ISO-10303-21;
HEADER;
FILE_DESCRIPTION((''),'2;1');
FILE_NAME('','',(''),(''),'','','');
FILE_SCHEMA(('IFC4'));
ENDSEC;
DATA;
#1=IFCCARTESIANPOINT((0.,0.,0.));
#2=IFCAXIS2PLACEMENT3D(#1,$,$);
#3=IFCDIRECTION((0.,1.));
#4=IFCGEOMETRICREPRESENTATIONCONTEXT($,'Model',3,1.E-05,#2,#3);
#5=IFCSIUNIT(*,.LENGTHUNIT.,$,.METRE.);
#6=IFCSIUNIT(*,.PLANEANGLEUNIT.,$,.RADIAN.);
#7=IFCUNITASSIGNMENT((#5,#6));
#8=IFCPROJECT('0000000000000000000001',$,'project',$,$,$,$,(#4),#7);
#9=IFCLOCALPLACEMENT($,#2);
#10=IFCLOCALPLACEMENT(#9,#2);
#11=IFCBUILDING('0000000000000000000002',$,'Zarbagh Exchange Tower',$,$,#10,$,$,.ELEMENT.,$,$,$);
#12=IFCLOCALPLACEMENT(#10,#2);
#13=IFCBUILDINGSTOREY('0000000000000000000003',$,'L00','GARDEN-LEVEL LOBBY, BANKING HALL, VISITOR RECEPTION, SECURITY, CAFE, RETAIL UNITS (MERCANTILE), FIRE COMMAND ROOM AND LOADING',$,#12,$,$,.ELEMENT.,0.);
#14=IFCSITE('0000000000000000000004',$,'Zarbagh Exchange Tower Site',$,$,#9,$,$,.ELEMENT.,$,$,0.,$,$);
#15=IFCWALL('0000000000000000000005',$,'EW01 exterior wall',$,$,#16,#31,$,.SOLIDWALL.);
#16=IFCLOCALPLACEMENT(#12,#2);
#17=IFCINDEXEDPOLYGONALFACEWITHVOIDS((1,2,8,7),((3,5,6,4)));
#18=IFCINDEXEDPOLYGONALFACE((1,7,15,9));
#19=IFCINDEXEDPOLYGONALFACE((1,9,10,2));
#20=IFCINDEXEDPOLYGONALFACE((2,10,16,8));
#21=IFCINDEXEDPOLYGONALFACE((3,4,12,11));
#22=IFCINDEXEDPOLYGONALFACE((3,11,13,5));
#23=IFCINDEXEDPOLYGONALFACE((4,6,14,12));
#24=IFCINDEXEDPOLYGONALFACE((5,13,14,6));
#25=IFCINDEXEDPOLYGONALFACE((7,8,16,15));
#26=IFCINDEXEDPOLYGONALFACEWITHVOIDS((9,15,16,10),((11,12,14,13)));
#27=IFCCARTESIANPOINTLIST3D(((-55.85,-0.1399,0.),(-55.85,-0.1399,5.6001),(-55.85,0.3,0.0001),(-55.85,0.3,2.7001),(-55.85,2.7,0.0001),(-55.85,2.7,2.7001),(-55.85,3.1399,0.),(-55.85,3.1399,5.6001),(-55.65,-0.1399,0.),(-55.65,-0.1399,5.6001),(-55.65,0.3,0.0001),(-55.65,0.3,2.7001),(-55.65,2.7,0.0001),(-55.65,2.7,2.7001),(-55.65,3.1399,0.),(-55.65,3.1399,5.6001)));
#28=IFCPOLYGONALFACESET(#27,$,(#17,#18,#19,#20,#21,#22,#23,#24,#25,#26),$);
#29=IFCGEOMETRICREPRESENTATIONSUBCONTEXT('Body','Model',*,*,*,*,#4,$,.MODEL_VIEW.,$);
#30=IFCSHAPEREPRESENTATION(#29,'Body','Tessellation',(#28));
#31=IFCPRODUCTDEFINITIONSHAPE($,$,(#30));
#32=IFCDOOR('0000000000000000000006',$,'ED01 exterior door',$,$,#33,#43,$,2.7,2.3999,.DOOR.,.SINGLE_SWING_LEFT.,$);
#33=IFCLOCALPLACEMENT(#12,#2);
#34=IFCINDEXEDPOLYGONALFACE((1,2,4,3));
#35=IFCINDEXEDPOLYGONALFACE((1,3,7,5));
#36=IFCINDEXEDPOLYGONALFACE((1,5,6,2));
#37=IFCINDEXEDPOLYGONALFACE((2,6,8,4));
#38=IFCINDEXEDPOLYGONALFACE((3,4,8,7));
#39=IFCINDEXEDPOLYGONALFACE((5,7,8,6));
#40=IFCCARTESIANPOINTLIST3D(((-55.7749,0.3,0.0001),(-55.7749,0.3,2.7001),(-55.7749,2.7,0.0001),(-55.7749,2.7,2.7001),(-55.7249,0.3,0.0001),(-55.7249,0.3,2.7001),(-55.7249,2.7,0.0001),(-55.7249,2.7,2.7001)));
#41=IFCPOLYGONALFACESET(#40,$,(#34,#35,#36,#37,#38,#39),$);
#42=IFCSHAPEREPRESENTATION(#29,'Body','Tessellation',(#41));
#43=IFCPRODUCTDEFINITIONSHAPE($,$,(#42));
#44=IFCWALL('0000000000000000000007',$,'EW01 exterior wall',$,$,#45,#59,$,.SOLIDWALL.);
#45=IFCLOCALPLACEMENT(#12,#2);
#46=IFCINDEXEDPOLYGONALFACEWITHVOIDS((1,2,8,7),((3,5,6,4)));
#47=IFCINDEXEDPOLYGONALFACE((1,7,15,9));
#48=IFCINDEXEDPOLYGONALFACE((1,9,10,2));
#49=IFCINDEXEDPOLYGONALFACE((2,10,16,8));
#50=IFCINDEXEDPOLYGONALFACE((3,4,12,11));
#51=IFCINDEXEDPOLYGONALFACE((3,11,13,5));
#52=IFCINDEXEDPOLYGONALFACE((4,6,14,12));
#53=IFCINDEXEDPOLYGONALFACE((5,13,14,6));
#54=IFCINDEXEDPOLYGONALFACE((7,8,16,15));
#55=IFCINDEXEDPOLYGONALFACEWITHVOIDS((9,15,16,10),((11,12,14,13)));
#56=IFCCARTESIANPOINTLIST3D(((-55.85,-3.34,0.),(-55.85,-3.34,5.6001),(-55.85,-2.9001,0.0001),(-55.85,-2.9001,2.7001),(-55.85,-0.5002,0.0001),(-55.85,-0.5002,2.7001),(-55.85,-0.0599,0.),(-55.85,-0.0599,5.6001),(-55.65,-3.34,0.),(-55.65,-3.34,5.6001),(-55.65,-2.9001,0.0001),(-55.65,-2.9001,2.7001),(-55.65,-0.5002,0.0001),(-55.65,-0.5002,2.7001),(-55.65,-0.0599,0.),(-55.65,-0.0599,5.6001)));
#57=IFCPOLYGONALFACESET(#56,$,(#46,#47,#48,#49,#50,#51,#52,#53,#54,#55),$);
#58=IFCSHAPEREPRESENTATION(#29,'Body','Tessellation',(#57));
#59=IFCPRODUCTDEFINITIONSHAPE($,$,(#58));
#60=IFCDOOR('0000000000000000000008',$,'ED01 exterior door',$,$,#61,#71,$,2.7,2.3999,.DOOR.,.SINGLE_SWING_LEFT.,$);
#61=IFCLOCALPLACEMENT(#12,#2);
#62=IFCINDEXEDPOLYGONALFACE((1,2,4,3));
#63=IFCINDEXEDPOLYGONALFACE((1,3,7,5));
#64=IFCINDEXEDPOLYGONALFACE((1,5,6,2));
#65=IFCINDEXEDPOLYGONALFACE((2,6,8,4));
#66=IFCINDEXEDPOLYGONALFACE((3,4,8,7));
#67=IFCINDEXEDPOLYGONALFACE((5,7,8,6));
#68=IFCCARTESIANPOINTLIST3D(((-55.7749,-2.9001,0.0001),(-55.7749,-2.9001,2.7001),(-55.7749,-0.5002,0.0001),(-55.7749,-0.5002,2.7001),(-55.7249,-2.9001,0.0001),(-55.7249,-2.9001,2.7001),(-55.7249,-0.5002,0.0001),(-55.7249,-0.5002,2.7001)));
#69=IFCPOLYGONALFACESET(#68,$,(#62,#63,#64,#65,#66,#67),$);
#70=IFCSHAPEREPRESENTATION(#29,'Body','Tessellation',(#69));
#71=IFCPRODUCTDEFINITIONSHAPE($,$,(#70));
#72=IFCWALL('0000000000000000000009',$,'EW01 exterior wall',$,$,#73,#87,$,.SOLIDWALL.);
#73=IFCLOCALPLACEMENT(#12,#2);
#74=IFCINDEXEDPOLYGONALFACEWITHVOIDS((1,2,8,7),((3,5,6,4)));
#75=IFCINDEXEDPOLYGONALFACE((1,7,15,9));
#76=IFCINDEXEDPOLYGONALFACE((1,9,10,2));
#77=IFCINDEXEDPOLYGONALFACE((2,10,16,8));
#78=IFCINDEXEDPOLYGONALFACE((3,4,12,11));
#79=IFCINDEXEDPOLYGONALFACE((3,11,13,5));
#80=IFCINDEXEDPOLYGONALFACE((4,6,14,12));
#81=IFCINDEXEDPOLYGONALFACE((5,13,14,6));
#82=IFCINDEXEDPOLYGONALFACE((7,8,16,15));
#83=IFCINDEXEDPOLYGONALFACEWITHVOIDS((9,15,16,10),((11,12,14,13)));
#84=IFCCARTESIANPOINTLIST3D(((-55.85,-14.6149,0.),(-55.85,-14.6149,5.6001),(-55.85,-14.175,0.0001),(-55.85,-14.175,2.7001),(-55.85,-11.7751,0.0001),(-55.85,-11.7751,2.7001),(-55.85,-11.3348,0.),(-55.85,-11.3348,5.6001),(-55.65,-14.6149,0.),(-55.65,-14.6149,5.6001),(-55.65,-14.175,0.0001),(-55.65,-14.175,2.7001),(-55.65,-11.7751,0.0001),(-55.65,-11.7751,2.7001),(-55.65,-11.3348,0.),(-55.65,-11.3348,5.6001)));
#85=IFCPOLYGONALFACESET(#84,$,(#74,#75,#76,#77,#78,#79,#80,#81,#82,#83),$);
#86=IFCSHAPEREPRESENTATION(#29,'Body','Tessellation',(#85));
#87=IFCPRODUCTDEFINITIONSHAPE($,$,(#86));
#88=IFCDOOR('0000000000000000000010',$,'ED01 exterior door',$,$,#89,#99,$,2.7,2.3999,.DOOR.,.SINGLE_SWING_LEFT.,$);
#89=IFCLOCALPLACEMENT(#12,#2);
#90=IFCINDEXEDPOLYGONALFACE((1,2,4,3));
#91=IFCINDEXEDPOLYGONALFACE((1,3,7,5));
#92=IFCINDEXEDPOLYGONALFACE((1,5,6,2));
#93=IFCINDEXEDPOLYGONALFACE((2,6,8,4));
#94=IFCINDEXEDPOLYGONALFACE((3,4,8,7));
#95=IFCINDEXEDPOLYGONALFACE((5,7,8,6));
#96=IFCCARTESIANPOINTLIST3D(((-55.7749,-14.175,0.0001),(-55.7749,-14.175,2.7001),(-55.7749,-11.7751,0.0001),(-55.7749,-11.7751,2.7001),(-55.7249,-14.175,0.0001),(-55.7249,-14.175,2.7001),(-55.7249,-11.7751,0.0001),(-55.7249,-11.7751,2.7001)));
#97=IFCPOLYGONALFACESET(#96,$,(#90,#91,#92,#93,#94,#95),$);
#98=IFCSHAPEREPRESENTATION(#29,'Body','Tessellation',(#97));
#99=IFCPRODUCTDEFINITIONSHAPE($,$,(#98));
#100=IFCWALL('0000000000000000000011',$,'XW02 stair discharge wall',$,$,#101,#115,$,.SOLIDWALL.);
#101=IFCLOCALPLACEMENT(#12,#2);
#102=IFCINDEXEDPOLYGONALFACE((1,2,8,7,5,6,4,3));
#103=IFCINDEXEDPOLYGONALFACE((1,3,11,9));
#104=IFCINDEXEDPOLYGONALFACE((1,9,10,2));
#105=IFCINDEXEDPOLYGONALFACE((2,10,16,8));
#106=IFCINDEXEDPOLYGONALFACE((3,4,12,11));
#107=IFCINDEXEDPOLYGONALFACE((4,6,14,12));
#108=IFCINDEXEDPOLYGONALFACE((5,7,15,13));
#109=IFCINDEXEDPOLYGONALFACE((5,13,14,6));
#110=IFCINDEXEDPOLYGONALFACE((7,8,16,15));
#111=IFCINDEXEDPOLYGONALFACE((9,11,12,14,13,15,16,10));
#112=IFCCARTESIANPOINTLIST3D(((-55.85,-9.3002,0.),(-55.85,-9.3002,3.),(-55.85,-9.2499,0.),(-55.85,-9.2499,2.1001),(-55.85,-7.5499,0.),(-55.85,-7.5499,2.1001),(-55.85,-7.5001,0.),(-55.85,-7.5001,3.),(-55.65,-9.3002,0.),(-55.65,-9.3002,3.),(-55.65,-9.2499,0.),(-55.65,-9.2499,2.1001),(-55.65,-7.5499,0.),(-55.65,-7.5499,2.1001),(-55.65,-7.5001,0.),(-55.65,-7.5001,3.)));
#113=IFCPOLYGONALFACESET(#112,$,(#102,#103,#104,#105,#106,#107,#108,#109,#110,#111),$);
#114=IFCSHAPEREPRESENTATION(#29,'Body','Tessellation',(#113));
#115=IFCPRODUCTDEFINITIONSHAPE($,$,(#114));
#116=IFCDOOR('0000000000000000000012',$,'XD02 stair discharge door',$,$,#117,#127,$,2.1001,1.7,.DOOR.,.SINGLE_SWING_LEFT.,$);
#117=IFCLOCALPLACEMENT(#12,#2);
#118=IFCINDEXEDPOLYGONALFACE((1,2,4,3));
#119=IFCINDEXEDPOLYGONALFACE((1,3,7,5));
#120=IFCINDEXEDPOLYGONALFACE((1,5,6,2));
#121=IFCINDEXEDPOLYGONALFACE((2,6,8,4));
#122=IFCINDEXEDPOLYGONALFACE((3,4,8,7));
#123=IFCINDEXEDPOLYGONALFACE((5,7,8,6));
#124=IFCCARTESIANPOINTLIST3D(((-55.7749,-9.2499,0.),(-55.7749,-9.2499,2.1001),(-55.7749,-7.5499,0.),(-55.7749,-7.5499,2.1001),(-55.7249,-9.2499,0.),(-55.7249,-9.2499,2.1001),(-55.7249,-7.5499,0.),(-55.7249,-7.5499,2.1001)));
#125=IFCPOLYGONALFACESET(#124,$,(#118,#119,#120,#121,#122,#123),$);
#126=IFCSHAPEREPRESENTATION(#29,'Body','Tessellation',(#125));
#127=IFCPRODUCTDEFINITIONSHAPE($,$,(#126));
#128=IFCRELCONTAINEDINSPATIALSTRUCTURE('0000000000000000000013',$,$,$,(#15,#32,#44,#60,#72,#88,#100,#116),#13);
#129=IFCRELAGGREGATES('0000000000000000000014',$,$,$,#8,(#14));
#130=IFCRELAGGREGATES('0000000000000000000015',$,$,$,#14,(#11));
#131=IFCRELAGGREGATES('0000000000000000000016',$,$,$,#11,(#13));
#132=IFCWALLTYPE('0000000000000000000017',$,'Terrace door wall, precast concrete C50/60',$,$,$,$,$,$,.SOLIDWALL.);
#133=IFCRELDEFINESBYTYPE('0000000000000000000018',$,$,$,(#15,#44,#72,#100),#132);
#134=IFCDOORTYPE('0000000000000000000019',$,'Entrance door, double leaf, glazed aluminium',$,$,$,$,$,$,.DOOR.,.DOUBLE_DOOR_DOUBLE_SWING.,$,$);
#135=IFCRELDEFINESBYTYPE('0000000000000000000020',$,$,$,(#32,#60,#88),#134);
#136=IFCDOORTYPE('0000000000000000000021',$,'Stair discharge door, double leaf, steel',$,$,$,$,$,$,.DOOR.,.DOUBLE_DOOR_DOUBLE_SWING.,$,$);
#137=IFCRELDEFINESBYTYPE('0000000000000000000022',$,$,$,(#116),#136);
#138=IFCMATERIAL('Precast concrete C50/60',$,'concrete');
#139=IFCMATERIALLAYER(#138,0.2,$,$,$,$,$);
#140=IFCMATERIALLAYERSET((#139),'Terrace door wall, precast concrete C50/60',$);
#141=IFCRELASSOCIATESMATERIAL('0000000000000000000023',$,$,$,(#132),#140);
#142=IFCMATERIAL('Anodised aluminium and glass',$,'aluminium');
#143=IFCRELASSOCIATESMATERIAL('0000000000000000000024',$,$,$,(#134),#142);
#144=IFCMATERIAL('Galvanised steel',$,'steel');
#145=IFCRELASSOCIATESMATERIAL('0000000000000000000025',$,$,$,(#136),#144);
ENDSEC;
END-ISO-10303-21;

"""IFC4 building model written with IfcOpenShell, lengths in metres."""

from ifc_helpers import new_model, si_unit, direction, frame, frame_2d, origin, place, context, subcontext, project, spatial, rectangle, extrude, material, layer, layer_set, type_object, element, fill, save


model = new_model("IFC4")

# Units and contexts
model_context = context("Model", 3, precision=1e-05, world=origin(), true_north=direction((0.0, 1.0)))
body_context = subcontext(model_context, "Body", "Model", "MODEL_VIEW")
ifc_project = project(units=[si_unit("LENGTHUNIT", "METRE"), si_unit("PLANEANGLEUNIT", "RADIAN")], contexts=[model_context])

# Site, building, storey
site_placement = place(None, origin())
site = spatial("IfcSite", under=ifc_project, at=site_placement, Name="Zarbagh Exchange Tower Site", CompositionType="ELEMENT", RefElevation=0.0)
building_placement = place(site_placement, origin())
building = spatial("IfcBuilding", under=site, at=building_placement, Name="Zarbagh Exchange Tower", CompositionType="ELEMENT")
storey_placement = place(building_placement, origin())
storey = spatial("IfcBuildingStorey", under=building, at=storey_placement, Name="L00", Description="GARDEN-LEVEL LOBBY, BANKING HALL, VISITOR RECEPTION, SECURITY, CAFE, RETAIL UNITS (MERCANTILE), FIRE COMMAND ROOM AND LOADING", CompositionType="ELEMENT", Elevation=0.0)

# Walls, openings, doors
ifc_material_1 = material(Name="Precast concrete C50/60", Category="concrete")
ifc_layer_1 = layer(ifc_material_1, 0.2)
ifc_layer_set_1 = layer_set([ifc_layer_1], Name="Terrace door wall, precast concrete C50/60")
wall_type_1 = type_object("IfcWallType", Name="Terrace door wall, precast concrete C50/60", PredefinedType="SOLIDWALL", material=ifc_layer_set_1)
wall_1_placement = place(storey_placement, frame((-55.75, -0.1399, 0.0), z_axis=(0.0, 0.0, 1.0), x_axis=(0.0, 1.0, 0.0)))
wall_1 = element("IfcWall", 1, at=wall_1_placement, inside=storey, type_object=wall_type_1, Name="EW01 exterior wall", PredefinedType="SOLIDWALL", context=body_context, shape_type="SweptSolid", body=[
    extrude(rectangle(XDim=3.2798, YDim=0.2, at=frame_2d((1.6399, 0.0))), origin(), (0.0, 0.0, 1.0), 5.6001),
])
opening_1_placement = place(wall_1_placement, frame((0.4399, 0.0, 0.0)))
opening_1 = element("IfcOpeningElement", 2, at=opening_1_placement, cuts=wall_1, PredefinedType="OPENING", context=body_context, shape_type="SweptSolid", body=[
    extrude(rectangle(XDim=2.3999, YDim=2.7, at=frame_2d((1.2, 1.3501))), frame((0.0, 0.1099, 0.0), z_axis=(0.0, -1.0, 0.0), x_axis=(1.0, 0.0, 0.0)), (0.0, 0.0, 1.0), 0.22),
])
ifc_material_2 = material(Name="Anodised aluminium and glass", Category="aluminium")
door_type_1 = type_object("IfcDoorType", Name="Entrance door, double leaf, glazed aluminium", OperationType="DOUBLE_DOOR_DOUBLE_SWING", PredefinedType="DOOR", material=ifc_material_2)
door_1_placement = place(opening_1_placement, origin())
door_1 = element("IfcDoor", 3, at=door_1_placement, inside=storey, type_object=door_type_1, Name="ED01 exterior door", OperationType="SINGLE_SWING_LEFT", OverallHeight=2.7, OverallWidth=2.3999, PredefinedType="DOOR", context=body_context, shape_type="SweptSolid", body=[
    extrude(rectangle(XDim=2.3999, YDim=2.7, at=frame_2d((1.2, 1.3501))), frame((0.0, 0.0249, 0.0), z_axis=(0.0, -1.0, 0.0), x_axis=(1.0, 0.0, 0.0)), (0.0, 0.0, 1.0), 0.05),
])
fill(opening_1, door_1)
wall_2_placement = place(storey_placement, frame((-55.75, -3.3401, 0.0), z_axis=(0.0, 0.0, 1.0), x_axis=(0.0, 1.0, 0.0)))
wall_2 = element("IfcWall", 4, at=wall_2_placement, inside=storey, type_object=wall_type_1, Name="EW01 exterior wall", PredefinedType="SOLIDWALL", context=body_context, shape_type="SweptSolid", body=[
    extrude(rectangle(XDim=3.28, YDim=0.2, at=frame_2d((1.6401, 0.0))), origin(), (0.0, 0.0, 1.0), 5.6001),
])
opening_2_placement = place(wall_2_placement, frame((0.4399, 0.0, 0.0)))
opening_2 = element("IfcOpeningElement", 5, at=opening_2_placement, cuts=wall_2, PredefinedType="OPENING", context=body_context, shape_type="SweptSolid", body=[
    extrude(rectangle(XDim=2.3999, YDim=2.7, at=frame_2d((1.2, 1.3501))), frame((0.0, 0.1099, 0.0), z_axis=(0.0, -1.0, 0.0), x_axis=(1.0, 0.0, 0.0)), (0.0, 0.0, 1.0), 0.22),
])
door_2_placement = place(opening_2_placement, origin())
door_2 = element("IfcDoor", 6, at=door_2_placement, inside=storey, type_object=door_type_1, Name="ED01 exterior door", OperationType="SINGLE_SWING_LEFT", OverallHeight=2.7, OverallWidth=2.3999, PredefinedType="DOOR", context=body_context, shape_type="SweptSolid", body=[
    extrude(rectangle(XDim=2.3999, YDim=2.7, at=frame_2d((1.2, 1.3501))), frame((0.0, 0.0249, 0.0), z_axis=(0.0, -1.0, 0.0), x_axis=(1.0, 0.0, 0.0)), (0.0, 0.0, 1.0), 0.05),
])
fill(opening_2, door_2)
wall_3_placement = place(storey_placement, frame((-55.75, -14.615, 0.0), z_axis=(0.0, 0.0, 1.0), x_axis=(0.0, 1.0, 0.0)))
wall_3 = element("IfcWall", 7, at=wall_3_placement, inside=storey, type_object=wall_type_1, Name="EW01 exterior wall", PredefinedType="SOLIDWALL", context=body_context, shape_type="SweptSolid", body=[
    extrude(rectangle(XDim=3.28, YDim=0.2, at=frame_2d((1.6401, 0.0))), origin(), (0.0, 0.0, 1.0), 5.6001),
])
opening_3_placement = place(wall_3_placement, frame((0.4399, 0.0, 0.0)))
opening_3 = element("IfcOpeningElement", 8, at=opening_3_placement, cuts=wall_3, PredefinedType="OPENING", context=body_context, shape_type="SweptSolid", body=[
    extrude(rectangle(XDim=2.3999, YDim=2.7, at=frame_2d((1.2, 1.3501))), frame((0.0, 0.1099, 0.0), z_axis=(0.0, -1.0, 0.0), x_axis=(1.0, 0.0, 0.0)), (0.0, 0.0, 1.0), 0.22),
])
door_3_placement = place(opening_3_placement, origin())
door_3 = element("IfcDoor", 9, at=door_3_placement, inside=storey, type_object=door_type_1, Name="ED01 exterior door", OperationType="SINGLE_SWING_LEFT", OverallHeight=2.7, OverallWidth=2.3999, PredefinedType="DOOR", context=body_context, shape_type="SweptSolid", body=[
    extrude(rectangle(XDim=2.3999, YDim=2.7, at=frame_2d((1.2, 1.3501))), frame((0.0, 0.0249, 0.0), z_axis=(0.0, -1.0, 0.0), x_axis=(1.0, 0.0, 0.0)), (0.0, 0.0, 1.0), 0.05),
])
fill(opening_3, door_3)
wall_4_placement = place(storey_placement, frame((-55.75, -9.3, 0.0), z_axis=(0.0, 0.0, 1.0), x_axis=(0.0, 1.0, 0.0)))
wall_4 = element("IfcWall", 10, at=wall_4_placement, inside=storey, type_object=wall_type_1, Name="XW02 stair discharge wall", PredefinedType="SOLIDWALL", context=body_context, shape_type="SweptSolid", body=[
    extrude(rectangle(XDim=1.8, YDim=0.2, at=frame_2d((0.8999, 0.0))), origin(), (0.0, 0.0, 1.0), 3.0),
])
opening_4_placement = place(wall_4_placement, frame((0.05, 0.0, 0.0)))
opening_4 = element("IfcOpeningElement", 11, at=opening_4_placement, cuts=wall_4, PredefinedType="OPENING", context=body_context, shape_type="SweptSolid", body=[
    extrude(rectangle(XDim=1.7, YDim=2.1001, at=frame_2d((0.8501, 1.05))), frame((0.0, 0.1099, 0.0), z_axis=(0.0, -1.0, 0.0), x_axis=(1.0, 0.0, 0.0)), (0.0, 0.0, 1.0), 0.22),
])
ifc_material_3 = material(Name="Galvanised steel", Category="steel")
door_type_2 = type_object("IfcDoorType", Name="Stair discharge door, double leaf, steel", OperationType="DOUBLE_DOOR_DOUBLE_SWING", PredefinedType="DOOR", material=ifc_material_3)
door_4_placement = place(opening_4_placement, origin())
door_4 = element("IfcDoor", 12, at=door_4_placement, inside=storey, type_object=door_type_2, Name="XD02 stair discharge door", OperationType="SINGLE_SWING_LEFT", OverallHeight=2.1001, OverallWidth=1.7, PredefinedType="DOOR", context=body_context, shape_type="SweptSolid", body=[
    extrude(rectangle(XDim=1.7, YDim=2.1001, at=frame_2d((0.8501, 1.05))), frame((0.0, 0.0249, 0.0), z_axis=(0.0, -1.0, 0.0), x_axis=(1.0, 0.0, 0.0)), (0.0, 0.0, 1.0), 0.05),
])
fill(opening_4, door_4)

save(model, "model.ifc")
